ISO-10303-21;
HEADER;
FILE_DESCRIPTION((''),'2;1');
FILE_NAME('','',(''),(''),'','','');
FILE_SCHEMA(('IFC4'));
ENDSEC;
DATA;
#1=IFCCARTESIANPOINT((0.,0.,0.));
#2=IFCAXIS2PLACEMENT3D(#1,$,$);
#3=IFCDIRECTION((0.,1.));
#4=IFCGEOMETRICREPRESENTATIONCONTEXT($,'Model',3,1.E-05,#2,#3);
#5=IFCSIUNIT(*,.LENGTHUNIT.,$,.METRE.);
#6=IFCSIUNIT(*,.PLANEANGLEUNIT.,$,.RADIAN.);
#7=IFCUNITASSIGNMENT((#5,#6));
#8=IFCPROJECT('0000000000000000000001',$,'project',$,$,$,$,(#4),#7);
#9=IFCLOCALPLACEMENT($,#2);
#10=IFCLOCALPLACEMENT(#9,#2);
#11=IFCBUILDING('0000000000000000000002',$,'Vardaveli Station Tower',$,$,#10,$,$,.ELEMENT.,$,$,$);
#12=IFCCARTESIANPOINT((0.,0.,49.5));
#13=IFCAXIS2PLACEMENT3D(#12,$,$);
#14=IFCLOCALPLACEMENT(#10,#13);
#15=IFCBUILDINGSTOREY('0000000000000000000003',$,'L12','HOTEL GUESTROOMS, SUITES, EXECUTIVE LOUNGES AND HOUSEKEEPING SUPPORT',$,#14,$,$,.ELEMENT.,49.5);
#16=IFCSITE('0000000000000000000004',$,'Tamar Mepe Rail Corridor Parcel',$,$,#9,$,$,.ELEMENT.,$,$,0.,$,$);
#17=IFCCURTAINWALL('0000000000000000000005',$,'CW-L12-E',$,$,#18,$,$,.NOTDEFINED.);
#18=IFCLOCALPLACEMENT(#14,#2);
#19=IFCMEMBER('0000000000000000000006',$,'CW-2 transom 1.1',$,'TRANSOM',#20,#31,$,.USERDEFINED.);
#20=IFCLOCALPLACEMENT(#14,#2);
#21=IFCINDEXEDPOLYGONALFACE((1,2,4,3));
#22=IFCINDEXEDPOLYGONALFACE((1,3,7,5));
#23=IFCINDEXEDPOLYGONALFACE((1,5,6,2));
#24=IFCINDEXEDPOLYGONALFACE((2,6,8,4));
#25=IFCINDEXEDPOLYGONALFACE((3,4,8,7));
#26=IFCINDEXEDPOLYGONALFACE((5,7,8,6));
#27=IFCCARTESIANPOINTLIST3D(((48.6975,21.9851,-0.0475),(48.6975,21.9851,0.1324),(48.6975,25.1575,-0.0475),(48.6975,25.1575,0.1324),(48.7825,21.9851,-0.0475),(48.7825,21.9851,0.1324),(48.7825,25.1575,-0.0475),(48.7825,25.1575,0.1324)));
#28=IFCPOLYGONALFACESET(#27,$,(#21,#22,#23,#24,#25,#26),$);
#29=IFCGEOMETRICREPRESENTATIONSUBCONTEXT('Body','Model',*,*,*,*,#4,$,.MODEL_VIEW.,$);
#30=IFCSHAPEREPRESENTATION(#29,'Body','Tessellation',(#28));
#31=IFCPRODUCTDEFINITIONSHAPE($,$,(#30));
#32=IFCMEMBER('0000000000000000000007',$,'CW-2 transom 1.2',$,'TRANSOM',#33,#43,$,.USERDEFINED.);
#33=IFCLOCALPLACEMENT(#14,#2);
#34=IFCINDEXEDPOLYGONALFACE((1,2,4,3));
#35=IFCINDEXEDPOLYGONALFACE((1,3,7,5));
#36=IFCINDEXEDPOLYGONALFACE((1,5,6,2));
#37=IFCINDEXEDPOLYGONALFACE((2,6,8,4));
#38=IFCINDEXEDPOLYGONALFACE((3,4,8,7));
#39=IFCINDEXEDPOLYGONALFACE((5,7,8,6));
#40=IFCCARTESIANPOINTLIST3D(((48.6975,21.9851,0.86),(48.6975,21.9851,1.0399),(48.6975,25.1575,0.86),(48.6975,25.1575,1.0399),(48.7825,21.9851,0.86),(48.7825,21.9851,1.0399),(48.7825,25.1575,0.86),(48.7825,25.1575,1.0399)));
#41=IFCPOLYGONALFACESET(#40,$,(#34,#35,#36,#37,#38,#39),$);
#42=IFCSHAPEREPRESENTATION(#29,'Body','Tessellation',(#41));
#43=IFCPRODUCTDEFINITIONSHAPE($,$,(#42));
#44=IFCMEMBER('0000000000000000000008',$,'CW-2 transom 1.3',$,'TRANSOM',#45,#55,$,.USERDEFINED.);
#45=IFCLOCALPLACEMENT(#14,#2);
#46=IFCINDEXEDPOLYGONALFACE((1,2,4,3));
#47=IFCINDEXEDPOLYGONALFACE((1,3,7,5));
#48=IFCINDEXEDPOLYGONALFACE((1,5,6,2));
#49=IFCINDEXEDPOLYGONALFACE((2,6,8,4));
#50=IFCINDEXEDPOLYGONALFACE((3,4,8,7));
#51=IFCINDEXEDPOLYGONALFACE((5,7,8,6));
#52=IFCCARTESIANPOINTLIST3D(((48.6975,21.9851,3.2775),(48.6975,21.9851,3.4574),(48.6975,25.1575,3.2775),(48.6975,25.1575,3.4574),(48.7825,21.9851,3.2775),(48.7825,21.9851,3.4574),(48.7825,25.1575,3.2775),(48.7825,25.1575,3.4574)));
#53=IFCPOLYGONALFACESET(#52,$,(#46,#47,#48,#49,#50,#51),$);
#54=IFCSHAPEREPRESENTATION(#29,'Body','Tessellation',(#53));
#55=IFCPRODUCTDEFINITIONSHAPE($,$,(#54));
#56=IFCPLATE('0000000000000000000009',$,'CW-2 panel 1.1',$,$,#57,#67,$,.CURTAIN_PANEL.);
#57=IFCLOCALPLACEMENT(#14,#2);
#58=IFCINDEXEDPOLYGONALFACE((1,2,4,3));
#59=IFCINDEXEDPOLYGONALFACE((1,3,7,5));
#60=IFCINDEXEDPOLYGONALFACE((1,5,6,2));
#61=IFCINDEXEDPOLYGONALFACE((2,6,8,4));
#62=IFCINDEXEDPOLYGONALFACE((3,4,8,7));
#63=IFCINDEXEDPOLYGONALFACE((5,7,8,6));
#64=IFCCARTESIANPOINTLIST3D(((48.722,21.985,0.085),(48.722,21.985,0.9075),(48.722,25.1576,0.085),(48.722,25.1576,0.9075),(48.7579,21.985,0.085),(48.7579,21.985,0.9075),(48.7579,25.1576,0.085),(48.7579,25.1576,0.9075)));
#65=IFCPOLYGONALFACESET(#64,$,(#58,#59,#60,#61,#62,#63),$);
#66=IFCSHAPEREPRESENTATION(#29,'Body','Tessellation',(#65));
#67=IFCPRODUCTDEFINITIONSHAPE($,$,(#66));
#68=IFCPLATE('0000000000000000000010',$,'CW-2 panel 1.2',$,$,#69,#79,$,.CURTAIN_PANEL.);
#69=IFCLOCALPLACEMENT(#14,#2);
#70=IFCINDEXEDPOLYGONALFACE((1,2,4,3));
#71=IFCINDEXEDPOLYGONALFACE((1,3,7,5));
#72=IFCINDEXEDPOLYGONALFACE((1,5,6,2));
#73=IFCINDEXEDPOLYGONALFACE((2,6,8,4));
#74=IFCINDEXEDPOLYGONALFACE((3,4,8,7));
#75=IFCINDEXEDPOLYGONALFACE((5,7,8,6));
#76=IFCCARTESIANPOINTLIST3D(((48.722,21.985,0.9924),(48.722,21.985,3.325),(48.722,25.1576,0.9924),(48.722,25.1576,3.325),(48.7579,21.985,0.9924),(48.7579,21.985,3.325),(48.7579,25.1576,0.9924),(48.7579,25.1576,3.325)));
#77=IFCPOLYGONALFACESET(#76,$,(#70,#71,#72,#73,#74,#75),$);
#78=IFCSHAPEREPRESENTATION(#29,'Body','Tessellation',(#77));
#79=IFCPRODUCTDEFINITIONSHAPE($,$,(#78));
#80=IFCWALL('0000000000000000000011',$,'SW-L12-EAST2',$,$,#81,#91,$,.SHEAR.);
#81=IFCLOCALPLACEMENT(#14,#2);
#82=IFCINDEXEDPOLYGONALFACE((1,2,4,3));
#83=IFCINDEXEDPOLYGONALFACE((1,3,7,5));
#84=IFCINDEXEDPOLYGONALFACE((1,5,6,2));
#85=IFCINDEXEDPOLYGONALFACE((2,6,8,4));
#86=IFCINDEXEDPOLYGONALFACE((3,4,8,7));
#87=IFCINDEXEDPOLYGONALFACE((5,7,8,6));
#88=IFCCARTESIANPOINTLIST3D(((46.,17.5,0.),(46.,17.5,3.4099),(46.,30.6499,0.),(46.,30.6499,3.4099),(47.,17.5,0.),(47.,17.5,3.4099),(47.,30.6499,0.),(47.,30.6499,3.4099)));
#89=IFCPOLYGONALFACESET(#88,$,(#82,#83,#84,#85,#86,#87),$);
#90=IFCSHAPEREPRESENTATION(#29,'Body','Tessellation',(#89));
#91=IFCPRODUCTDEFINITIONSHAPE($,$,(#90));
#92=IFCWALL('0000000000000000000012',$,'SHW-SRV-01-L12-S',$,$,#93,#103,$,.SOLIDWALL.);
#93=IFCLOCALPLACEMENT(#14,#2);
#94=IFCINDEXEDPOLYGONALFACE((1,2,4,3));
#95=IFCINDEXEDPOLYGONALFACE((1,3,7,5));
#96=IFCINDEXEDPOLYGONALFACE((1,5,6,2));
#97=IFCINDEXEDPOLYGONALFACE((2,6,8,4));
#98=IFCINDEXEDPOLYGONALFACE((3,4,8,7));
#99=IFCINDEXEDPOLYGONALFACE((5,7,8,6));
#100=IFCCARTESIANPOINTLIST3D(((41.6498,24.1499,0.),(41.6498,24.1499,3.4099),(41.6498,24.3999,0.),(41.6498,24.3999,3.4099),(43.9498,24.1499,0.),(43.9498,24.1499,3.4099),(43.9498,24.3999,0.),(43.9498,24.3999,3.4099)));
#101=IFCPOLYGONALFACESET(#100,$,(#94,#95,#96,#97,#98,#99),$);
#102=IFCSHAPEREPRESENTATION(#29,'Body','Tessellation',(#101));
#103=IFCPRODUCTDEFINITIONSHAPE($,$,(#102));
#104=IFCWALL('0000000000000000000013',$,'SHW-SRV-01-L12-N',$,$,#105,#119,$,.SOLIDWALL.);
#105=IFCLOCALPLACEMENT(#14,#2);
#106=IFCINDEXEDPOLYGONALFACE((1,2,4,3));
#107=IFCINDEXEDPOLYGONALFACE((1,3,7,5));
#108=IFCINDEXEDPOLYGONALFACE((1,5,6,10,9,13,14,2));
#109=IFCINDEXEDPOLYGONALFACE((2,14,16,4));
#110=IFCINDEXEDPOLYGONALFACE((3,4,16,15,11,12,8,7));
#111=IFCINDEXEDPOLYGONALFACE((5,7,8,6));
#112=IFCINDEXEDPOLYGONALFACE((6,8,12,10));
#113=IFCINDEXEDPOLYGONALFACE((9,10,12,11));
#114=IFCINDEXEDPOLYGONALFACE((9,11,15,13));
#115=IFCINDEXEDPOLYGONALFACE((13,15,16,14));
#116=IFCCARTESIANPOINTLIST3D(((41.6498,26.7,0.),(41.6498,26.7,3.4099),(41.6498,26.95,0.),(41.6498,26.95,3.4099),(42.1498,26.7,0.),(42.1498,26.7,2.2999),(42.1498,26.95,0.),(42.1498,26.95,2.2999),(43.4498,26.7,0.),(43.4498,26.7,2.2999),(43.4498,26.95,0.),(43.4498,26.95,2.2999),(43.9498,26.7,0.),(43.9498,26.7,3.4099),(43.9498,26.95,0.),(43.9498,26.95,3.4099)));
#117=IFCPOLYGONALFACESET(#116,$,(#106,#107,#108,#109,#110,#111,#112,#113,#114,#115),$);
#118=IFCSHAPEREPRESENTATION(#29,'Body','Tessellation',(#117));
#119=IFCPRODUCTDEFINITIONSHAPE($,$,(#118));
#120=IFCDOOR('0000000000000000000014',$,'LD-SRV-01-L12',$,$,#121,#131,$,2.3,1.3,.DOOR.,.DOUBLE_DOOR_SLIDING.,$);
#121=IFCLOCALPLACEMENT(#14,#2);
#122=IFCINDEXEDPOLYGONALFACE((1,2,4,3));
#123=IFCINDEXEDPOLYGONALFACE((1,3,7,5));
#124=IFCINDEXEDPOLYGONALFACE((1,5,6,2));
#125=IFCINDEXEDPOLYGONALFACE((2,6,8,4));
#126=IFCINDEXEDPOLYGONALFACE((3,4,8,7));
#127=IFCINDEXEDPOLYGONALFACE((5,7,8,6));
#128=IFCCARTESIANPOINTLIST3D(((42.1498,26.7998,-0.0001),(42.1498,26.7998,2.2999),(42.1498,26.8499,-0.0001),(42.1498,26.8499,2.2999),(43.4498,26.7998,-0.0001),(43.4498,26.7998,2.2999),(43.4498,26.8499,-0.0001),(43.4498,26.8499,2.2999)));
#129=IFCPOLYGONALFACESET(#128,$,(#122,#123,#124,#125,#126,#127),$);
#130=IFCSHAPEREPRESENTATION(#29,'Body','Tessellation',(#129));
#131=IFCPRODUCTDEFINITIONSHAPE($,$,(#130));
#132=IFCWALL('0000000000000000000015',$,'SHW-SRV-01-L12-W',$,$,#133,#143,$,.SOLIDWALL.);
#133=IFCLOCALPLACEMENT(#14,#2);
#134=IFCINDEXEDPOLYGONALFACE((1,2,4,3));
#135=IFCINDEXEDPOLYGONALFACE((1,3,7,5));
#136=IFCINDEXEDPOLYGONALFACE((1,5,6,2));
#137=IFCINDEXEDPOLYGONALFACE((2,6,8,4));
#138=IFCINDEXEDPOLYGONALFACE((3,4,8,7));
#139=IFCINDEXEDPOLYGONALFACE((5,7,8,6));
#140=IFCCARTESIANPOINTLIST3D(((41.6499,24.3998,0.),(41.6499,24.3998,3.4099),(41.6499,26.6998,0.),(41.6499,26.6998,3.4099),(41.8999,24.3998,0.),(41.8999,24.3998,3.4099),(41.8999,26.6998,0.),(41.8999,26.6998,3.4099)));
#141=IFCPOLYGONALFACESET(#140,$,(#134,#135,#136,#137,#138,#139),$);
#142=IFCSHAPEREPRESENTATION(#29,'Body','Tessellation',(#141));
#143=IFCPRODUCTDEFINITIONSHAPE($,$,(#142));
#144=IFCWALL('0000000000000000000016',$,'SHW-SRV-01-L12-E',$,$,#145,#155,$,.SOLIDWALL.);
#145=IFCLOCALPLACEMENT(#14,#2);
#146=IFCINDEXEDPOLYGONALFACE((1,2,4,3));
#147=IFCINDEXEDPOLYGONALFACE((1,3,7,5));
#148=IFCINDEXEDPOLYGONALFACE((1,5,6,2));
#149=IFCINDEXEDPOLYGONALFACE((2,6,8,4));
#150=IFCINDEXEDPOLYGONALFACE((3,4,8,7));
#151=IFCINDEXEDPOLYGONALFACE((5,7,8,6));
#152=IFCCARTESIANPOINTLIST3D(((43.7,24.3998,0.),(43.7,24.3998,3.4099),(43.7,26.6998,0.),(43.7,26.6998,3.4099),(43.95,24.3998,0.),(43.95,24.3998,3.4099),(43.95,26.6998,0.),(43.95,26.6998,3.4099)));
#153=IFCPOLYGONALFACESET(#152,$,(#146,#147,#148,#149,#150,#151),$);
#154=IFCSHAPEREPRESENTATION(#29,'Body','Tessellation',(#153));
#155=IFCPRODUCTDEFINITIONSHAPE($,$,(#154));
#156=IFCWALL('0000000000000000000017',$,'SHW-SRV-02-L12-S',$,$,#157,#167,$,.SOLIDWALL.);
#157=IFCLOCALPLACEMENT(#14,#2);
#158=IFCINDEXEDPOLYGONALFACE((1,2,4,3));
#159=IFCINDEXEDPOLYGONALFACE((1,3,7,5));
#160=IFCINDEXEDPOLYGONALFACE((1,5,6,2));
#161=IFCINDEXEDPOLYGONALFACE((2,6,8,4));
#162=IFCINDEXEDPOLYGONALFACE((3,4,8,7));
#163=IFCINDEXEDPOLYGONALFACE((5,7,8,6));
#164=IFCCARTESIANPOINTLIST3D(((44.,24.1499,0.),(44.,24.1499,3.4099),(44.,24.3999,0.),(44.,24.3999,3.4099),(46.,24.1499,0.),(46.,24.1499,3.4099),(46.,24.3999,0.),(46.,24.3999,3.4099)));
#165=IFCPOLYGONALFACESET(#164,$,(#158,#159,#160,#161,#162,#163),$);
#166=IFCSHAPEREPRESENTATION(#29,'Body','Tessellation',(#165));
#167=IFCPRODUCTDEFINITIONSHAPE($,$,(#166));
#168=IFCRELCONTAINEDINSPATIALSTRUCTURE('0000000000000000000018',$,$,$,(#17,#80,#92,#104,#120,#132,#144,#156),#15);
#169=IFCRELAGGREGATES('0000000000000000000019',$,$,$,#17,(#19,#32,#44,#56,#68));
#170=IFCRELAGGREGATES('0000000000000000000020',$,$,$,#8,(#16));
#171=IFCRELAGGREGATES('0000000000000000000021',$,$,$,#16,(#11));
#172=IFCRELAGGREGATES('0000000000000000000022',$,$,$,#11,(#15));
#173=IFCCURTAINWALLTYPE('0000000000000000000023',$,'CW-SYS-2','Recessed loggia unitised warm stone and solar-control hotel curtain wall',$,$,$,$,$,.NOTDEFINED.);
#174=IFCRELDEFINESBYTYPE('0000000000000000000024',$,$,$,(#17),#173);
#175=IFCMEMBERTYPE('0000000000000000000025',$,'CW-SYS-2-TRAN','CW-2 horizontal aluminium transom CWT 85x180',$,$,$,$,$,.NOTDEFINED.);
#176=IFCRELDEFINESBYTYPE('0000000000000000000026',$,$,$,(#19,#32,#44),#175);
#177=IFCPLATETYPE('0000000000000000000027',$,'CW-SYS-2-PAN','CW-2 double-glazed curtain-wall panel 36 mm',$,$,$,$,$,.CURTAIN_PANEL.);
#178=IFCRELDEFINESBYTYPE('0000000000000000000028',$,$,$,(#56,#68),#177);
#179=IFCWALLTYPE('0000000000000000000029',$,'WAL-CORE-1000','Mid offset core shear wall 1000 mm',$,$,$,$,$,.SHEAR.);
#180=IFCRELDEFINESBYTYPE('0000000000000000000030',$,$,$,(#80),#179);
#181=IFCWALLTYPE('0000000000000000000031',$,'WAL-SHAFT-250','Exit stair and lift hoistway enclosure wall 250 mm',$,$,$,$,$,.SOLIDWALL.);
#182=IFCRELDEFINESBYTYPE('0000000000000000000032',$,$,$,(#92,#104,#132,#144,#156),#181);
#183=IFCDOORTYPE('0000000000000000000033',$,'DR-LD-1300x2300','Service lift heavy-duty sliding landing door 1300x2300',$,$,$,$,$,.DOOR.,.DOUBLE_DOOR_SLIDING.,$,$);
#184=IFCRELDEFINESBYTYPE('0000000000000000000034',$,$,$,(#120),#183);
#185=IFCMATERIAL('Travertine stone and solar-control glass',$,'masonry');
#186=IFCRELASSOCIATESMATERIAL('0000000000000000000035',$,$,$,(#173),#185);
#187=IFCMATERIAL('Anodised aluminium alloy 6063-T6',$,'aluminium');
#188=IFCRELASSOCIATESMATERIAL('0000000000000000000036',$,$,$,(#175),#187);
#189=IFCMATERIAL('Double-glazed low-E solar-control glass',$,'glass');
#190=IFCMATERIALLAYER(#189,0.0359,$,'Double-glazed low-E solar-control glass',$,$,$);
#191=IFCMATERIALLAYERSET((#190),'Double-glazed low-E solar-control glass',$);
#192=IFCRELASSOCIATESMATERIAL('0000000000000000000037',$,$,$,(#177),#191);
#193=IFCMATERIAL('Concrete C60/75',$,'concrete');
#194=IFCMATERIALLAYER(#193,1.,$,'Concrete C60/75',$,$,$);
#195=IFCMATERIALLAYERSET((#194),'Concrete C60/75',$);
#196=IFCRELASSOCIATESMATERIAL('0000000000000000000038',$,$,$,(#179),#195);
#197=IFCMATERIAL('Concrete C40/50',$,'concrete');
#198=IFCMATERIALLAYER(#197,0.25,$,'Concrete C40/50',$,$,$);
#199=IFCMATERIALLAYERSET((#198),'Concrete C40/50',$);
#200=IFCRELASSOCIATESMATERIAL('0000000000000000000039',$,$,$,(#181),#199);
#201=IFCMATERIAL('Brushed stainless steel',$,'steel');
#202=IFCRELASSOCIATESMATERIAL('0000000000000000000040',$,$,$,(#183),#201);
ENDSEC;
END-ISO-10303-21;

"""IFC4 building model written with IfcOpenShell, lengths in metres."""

from ifc_helpers import new_model, si_unit, direction, frame, frame_2d, origin, origin_2d, place, context, subcontext, project, spatial, rectangle, extrude, source, transform, mapped, material, layer, layer_set, material_profile, profile_set, type_object, element, fill, aggregate, save


model = new_model("IFC4")

# Units and contexts
model_context = context("Model", 3, precision=1e-05, world=origin(), true_north=direction((0.0, 1.0)))
body_context = subcontext(model_context, "Body", "Model", "MODEL_VIEW")
ifc_project = project(units=[si_unit("LENGTHUNIT", "METRE"), si_unit("PLANEANGLEUNIT", "RADIAN")], contexts=[model_context])

# Site, building, storey
site_placement = place(None, origin())
site = spatial("IfcSite", under=ifc_project, at=site_placement, Name="Tamar Mepe Rail Corridor Parcel", CompositionType="ELEMENT", RefElevation=0.0)
building_placement = place(site_placement, origin())
building = spatial("IfcBuilding", under=site, at=building_placement, Name="Vardaveli Station Tower", CompositionType="ELEMENT")
storey_placement = place(building_placement, frame((0.0, 0.0, 49.5)))
storey = spatial("IfcBuildingStorey", under=building, at=storey_placement, Name="L12", Description="HOTEL GUESTROOMS, SUITES, EXECUTIVE LOUNGES AND HOUSEKEEPING SUPPORT", CompositionType="ELEMENT", Elevation=49.5)

# Curtain wall, members, plates
ifc_material_1 = material(Name="Travertine stone and solar-control glass", Category="masonry")
curtain_wall_type = type_object("IfcCurtainWallType", Name="CW-SYS-2", Description="Recessed loggia unitised warm stone and solar-control hotel curtain wall", PredefinedType="NOTDEFINED", material=ifc_material_1)
curtain_wall_placement = place(storey_placement, origin())
curtain_wall = element("IfcCurtainWall", 1, at=curtain_wall_placement, inside=storey, type_object=curtain_wall_type, Name="CW-L12-E", PredefinedType="NOTDEFINED")
ifc_material_2 = material(Name="Anodised aluminium alloy 6063-T6", Category="aluminium")
ifc_material_profile_1 = material_profile(ifc_material_2, rectangle(XDim=0.085, YDim=0.1799, at=origin_2d()), Name="CWT 85x180")
ifc_profile_set_1 = profile_set([ifc_material_profile_1], Name="Anodised aluminium alloy 6063-T6")
member_type_1 = type_object("IfcMemberType", Name="CW-SYS-2-TRAN", Description="CW-2 horizontal aluminium transom CWT 85x180", PredefinedType="NOTDEFINED", material=ifc_profile_set_1)
shared_shape_1 = source(origin(), body_context, "Body", "SweptSolid", [
    extrude(rectangle(XDim=0.085, YDim=0.1799, at=origin_2d()), origin(), (0.0, 0.0, 1.0), 3.1724),
])
member_1_placement = place(storey_placement, frame((48.74, 21.9851, 0.0425), z_axis=(0.0, 1.0, 0.0), x_axis=(-1.0, 0.0, 0.0)))
member_1 = element("IfcMember", 2, at=member_1_placement, type_object=member_type_1, Name="CW-2 transom 1.1", ObjectType="TRANSOM", PredefinedType="USERDEFINED", context=body_context, shape_type="MappedRepresentation", body=[
    mapped(shared_shape_1, transform((0.0, 0.0, 0.0), scale=1.0)),
])
member_2_placement = place(storey_placement, frame((48.74, 21.9851, 0.95), z_axis=(0.0, 1.0, 0.0), x_axis=(-1.0, 0.0, 0.0)))
member_2 = element("IfcMember", 3, at=member_2_placement, type_object=member_type_1, Name="CW-2 transom 1.2", ObjectType="TRANSOM", PredefinedType="USERDEFINED", context=body_context, shape_type="MappedRepresentation", body=[
    mapped(shared_shape_1, transform((0.0, 0.0, 0.0), scale=1.0)),
])
member_3_placement = place(storey_placement, frame((48.74, 21.9851, 3.3674), z_axis=(0.0, 1.0, 0.0), x_axis=(-1.0, 0.0, 0.0)))
member_3 = element("IfcMember", 4, at=member_3_placement, type_object=member_type_1, Name="CW-2 transom 1.3", ObjectType="TRANSOM", PredefinedType="USERDEFINED", context=body_context, shape_type="MappedRepresentation", body=[
    mapped(shared_shape_1, transform((0.0, 0.0, 0.0), scale=1.0)),
])
ifc_material_3 = material(Name="Double-glazed low-E solar-control glass", Category="glass")
ifc_layer_1 = layer(ifc_material_3, 0.0359, Name="Double-glazed low-E solar-control glass")
ifc_layer_set_1 = layer_set([ifc_layer_1], Name="Double-glazed low-E solar-control glass")
plate_type = type_object("IfcPlateType", Name="CW-SYS-2-PAN", Description="CW-2 double-glazed curtain-wall panel 36 mm", PredefinedType="CURTAIN_PANEL", material=ifc_layer_set_1)
shared_shape_2 = source(origin(), body_context, "Body", "SweptSolid", [
    extrude(rectangle(XDim=3.1726, YDim=0.0359, at=origin_2d()), origin(), (0.0, 0.0, 1.0), 0.8225),
])
plate_1_placement = place(storey_placement, frame((48.74, 23.5713, 0.085), z_axis=(0.0, 0.0, 1.0), x_axis=(0.0, 1.0, 0.0)))
plate_1 = element("IfcPlate", 5, at=plate_1_placement, type_object=plate_type, Name="CW-2 panel 1.1", PredefinedType="CURTAIN_PANEL", context=body_context, shape_type="MappedRepresentation", body=[
    mapped(shared_shape_2, transform((0.0, 0.0, 0.0), scale=1.0)),
])
shared_shape_3 = source(origin(), body_context, "Body", "SweptSolid", [
    extrude(rectangle(XDim=3.1726, YDim=0.0359, at=origin_2d()), origin(), (0.0, 0.0, 1.0), 2.3325),
])
plate_2_placement = place(storey_placement, frame((48.74, 23.5713, 0.9924), z_axis=(0.0, 0.0, 1.0), x_axis=(0.0, 1.0, 0.0)))
plate_2 = element("IfcPlate", 6, at=plate_2_placement, type_object=plate_type, Name="CW-2 panel 1.2", PredefinedType="CURTAIN_PANEL", context=body_context, shape_type="MappedRepresentation", body=[
    mapped(shared_shape_3, transform((0.0, 0.0, 0.0), scale=1.0)),
])
aggregate(curtain_wall, [member_1, member_2, member_3, plate_1, plate_2])

# Walls
ifc_material_4 = material(Name="Concrete C60/75", Category="concrete")
ifc_layer_2 = layer(ifc_material_4, 1.0, Name="Concrete C60/75")
ifc_layer_set_2 = layer_set([ifc_layer_2], Name="Concrete C60/75")
wall_type_1 = type_object("IfcWallType", Name="WAL-CORE-1000", Description="Mid offset core shear wall 1000 mm", PredefinedType="SHEAR", material=ifc_layer_set_2)
shared_shape_4 = source(origin(), body_context, "Body", "SweptSolid", [
    extrude(rectangle(XDim=13.1499, YDim=1.0, at=frame_2d((6.575, 0.0))), origin(), (0.0, 0.0, 1.0), 3.4099),
])
wall_1_placement = place(storey_placement, frame((46.5, 17.5, 0.0), z_axis=(0.0, 0.0, 1.0), x_axis=(0.0, 1.0, 0.0)))
element("IfcWall", 7, at=wall_1_placement, inside=storey, type_object=wall_type_1, Name="SW-L12-EAST2", PredefinedType="SHEAR", context=body_context, shape_type="MappedRepresentation", body=[
    mapped(shared_shape_4, transform((0.0, 0.0, 0.0), scale=1.0)),
])
ifc_material_5 = material(Name="Concrete C40/50", Category="concrete")
ifc_layer_3 = layer(ifc_material_5, 0.25, Name="Concrete C40/50")
ifc_layer_set_3 = layer_set([ifc_layer_3], Name="Concrete C40/50")
wall_type_2 = type_object("IfcWallType", Name="WAL-SHAFT-250", Description="Exit stair and lift hoistway enclosure wall 250 mm", PredefinedType="SOLIDWALL", material=ifc_layer_set_3)
shared_shape_5 = source(origin(), body_context, "Body", "SweptSolid", [
    extrude(rectangle(XDim=2.3, YDim=0.25, at=frame_2d((1.1499, 0.0))), origin(), (0.0, 0.0, 1.0), 3.4099),
])
wall_2_placement = place(storey_placement, frame((41.6499, 24.2749, 0.0), z_axis=(0.0, 0.0, 1.0), x_axis=(1.0, 0.0, 0.0)))
element("IfcWall", 8, at=wall_2_placement, inside=storey, type_object=wall_type_2, Name="SHW-SRV-01-L12-S", PredefinedType="SOLIDWALL", context=body_context, shape_type="MappedRepresentation", body=[
    mapped(shared_shape_5, transform((0.0, 0.0, 0.0), scale=1.0)),
])

# Wall, opening, door
wall_3_placement = place(storey_placement, frame((41.6499, 26.825, 0.0), z_axis=(0.0, 0.0, 1.0), x_axis=(1.0, 0.0, 0.0)))
wall_3 = element("IfcWall", 9, at=wall_3_placement, inside=storey, type_object=wall_type_2, Name="SHW-SRV-01-L12-N", PredefinedType="SOLIDWALL", context=body_context, shape_type="MappedRepresentation", body=[
    mapped(shared_shape_5, transform((0.0, 0.0, 0.0), scale=1.0)),
])
shared_shape_6 = source(origin(), body_context, "Body", "SweptSolid", [
    extrude(rectangle(XDim=1.3, YDim=2.3, at=frame_2d((0.6499, 1.1499))), frame((0.0, 0.135, 0.0), z_axis=(0.0, -1.0, 0.0), x_axis=(1.0, 0.0, 0.0)), (0.0, 0.0, 1.0), 0.27),
])
opening_1_placement = place(wall_3_placement, frame((0.5, 0.0, 0.0)))
opening_1 = element("IfcOpeningElement", 10, at=opening_1_placement, cuts=wall_3, PredefinedType="OPENING", context=body_context, shape_type="MappedRepresentation", body=[
    mapped(shared_shape_6, transform((0.0, 0.0, 0.0), scale=1.0)),
])
ifc_material_6 = material(Name="Brushed stainless steel", Category="steel")
door_type = type_object("IfcDoorType", Name="DR-LD-1300x2300", Description="Service lift heavy-duty sliding landing door 1300x2300", OperationType="DOUBLE_DOOR_SLIDING", PredefinedType="DOOR", material=ifc_material_6)
shared_shape_7 = source(origin(), body_context, "Body", "SweptSolid", [
    extrude(rectangle(XDim=1.3, YDim=2.3, at=frame_2d((0.6499, 1.1499))), frame((0.0, 0.0249, 0.0), z_axis=(0.0, -1.0, 0.0), x_axis=(1.0, 0.0, 0.0)), (0.0, 0.0, 1.0), 0.05),
])
door_1_placement = place(opening_1_placement, origin())
door_1 = element("IfcDoor", 11, at=door_1_placement, inside=storey, type_object=door_type, Name="LD-SRV-01-L12", OperationType="DOUBLE_DOOR_SLIDING", OverallHeight=2.3, OverallWidth=1.3, PredefinedType="DOOR", context=body_context, shape_type="MappedRepresentation", body=[
    mapped(shared_shape_7, transform((0.0, 0.0, 0.0), scale=1.0)),
])
fill(opening_1, door_1)

# Walls
for number, where, z_axis, x_axis, name in (
    (12, (41.7749, 24.3999, 0.0), (0.0, 0.0, 1.0), (0.0, 1.0, 0.0), "SHW-SRV-01-L12-W"),
    (13, (43.825, 24.3999, 0.0), (0.0, 0.0, 1.0), (0.0, 1.0, 0.0), "SHW-SRV-01-L12-E"),
):
    element("IfcWall", number, at=place(storey_placement, frame(where, z_axis=z_axis, x_axis=x_axis)), inside=storey, type_object=wall_type_2, Name=name, PredefinedType="SOLIDWALL", context=body_context, shape_type="MappedRepresentation", body=[
        mapped(shared_shape_5, transform((0.0, 0.0, 0.0), scale=1.0)),
    ])
shared_shape_8 = source(origin(), body_context, "Body", "SweptSolid", [
    extrude(rectangle(XDim=2.0, YDim=0.25, at=frame_2d((1.0, 0.0))), origin(), (0.0, 0.0, 1.0), 3.4099),
])
wall_4_placement = place(storey_placement, frame((44.0, 24.2749, 0.0), z_axis=(0.0, 0.0, 1.0), x_axis=(1.0, 0.0, 0.0)))
element("IfcWall", 14, at=wall_4_placement, inside=storey, type_object=wall_type_2, Name="SHW-SRV-02-L12-S", PredefinedType="SOLIDWALL", context=body_context, shape_type="MappedRepresentation", body=[
    mapped(shared_shape_8, transform((0.0, 0.0, 0.0), scale=1.0)),
])

save(model, "model.ifc")
